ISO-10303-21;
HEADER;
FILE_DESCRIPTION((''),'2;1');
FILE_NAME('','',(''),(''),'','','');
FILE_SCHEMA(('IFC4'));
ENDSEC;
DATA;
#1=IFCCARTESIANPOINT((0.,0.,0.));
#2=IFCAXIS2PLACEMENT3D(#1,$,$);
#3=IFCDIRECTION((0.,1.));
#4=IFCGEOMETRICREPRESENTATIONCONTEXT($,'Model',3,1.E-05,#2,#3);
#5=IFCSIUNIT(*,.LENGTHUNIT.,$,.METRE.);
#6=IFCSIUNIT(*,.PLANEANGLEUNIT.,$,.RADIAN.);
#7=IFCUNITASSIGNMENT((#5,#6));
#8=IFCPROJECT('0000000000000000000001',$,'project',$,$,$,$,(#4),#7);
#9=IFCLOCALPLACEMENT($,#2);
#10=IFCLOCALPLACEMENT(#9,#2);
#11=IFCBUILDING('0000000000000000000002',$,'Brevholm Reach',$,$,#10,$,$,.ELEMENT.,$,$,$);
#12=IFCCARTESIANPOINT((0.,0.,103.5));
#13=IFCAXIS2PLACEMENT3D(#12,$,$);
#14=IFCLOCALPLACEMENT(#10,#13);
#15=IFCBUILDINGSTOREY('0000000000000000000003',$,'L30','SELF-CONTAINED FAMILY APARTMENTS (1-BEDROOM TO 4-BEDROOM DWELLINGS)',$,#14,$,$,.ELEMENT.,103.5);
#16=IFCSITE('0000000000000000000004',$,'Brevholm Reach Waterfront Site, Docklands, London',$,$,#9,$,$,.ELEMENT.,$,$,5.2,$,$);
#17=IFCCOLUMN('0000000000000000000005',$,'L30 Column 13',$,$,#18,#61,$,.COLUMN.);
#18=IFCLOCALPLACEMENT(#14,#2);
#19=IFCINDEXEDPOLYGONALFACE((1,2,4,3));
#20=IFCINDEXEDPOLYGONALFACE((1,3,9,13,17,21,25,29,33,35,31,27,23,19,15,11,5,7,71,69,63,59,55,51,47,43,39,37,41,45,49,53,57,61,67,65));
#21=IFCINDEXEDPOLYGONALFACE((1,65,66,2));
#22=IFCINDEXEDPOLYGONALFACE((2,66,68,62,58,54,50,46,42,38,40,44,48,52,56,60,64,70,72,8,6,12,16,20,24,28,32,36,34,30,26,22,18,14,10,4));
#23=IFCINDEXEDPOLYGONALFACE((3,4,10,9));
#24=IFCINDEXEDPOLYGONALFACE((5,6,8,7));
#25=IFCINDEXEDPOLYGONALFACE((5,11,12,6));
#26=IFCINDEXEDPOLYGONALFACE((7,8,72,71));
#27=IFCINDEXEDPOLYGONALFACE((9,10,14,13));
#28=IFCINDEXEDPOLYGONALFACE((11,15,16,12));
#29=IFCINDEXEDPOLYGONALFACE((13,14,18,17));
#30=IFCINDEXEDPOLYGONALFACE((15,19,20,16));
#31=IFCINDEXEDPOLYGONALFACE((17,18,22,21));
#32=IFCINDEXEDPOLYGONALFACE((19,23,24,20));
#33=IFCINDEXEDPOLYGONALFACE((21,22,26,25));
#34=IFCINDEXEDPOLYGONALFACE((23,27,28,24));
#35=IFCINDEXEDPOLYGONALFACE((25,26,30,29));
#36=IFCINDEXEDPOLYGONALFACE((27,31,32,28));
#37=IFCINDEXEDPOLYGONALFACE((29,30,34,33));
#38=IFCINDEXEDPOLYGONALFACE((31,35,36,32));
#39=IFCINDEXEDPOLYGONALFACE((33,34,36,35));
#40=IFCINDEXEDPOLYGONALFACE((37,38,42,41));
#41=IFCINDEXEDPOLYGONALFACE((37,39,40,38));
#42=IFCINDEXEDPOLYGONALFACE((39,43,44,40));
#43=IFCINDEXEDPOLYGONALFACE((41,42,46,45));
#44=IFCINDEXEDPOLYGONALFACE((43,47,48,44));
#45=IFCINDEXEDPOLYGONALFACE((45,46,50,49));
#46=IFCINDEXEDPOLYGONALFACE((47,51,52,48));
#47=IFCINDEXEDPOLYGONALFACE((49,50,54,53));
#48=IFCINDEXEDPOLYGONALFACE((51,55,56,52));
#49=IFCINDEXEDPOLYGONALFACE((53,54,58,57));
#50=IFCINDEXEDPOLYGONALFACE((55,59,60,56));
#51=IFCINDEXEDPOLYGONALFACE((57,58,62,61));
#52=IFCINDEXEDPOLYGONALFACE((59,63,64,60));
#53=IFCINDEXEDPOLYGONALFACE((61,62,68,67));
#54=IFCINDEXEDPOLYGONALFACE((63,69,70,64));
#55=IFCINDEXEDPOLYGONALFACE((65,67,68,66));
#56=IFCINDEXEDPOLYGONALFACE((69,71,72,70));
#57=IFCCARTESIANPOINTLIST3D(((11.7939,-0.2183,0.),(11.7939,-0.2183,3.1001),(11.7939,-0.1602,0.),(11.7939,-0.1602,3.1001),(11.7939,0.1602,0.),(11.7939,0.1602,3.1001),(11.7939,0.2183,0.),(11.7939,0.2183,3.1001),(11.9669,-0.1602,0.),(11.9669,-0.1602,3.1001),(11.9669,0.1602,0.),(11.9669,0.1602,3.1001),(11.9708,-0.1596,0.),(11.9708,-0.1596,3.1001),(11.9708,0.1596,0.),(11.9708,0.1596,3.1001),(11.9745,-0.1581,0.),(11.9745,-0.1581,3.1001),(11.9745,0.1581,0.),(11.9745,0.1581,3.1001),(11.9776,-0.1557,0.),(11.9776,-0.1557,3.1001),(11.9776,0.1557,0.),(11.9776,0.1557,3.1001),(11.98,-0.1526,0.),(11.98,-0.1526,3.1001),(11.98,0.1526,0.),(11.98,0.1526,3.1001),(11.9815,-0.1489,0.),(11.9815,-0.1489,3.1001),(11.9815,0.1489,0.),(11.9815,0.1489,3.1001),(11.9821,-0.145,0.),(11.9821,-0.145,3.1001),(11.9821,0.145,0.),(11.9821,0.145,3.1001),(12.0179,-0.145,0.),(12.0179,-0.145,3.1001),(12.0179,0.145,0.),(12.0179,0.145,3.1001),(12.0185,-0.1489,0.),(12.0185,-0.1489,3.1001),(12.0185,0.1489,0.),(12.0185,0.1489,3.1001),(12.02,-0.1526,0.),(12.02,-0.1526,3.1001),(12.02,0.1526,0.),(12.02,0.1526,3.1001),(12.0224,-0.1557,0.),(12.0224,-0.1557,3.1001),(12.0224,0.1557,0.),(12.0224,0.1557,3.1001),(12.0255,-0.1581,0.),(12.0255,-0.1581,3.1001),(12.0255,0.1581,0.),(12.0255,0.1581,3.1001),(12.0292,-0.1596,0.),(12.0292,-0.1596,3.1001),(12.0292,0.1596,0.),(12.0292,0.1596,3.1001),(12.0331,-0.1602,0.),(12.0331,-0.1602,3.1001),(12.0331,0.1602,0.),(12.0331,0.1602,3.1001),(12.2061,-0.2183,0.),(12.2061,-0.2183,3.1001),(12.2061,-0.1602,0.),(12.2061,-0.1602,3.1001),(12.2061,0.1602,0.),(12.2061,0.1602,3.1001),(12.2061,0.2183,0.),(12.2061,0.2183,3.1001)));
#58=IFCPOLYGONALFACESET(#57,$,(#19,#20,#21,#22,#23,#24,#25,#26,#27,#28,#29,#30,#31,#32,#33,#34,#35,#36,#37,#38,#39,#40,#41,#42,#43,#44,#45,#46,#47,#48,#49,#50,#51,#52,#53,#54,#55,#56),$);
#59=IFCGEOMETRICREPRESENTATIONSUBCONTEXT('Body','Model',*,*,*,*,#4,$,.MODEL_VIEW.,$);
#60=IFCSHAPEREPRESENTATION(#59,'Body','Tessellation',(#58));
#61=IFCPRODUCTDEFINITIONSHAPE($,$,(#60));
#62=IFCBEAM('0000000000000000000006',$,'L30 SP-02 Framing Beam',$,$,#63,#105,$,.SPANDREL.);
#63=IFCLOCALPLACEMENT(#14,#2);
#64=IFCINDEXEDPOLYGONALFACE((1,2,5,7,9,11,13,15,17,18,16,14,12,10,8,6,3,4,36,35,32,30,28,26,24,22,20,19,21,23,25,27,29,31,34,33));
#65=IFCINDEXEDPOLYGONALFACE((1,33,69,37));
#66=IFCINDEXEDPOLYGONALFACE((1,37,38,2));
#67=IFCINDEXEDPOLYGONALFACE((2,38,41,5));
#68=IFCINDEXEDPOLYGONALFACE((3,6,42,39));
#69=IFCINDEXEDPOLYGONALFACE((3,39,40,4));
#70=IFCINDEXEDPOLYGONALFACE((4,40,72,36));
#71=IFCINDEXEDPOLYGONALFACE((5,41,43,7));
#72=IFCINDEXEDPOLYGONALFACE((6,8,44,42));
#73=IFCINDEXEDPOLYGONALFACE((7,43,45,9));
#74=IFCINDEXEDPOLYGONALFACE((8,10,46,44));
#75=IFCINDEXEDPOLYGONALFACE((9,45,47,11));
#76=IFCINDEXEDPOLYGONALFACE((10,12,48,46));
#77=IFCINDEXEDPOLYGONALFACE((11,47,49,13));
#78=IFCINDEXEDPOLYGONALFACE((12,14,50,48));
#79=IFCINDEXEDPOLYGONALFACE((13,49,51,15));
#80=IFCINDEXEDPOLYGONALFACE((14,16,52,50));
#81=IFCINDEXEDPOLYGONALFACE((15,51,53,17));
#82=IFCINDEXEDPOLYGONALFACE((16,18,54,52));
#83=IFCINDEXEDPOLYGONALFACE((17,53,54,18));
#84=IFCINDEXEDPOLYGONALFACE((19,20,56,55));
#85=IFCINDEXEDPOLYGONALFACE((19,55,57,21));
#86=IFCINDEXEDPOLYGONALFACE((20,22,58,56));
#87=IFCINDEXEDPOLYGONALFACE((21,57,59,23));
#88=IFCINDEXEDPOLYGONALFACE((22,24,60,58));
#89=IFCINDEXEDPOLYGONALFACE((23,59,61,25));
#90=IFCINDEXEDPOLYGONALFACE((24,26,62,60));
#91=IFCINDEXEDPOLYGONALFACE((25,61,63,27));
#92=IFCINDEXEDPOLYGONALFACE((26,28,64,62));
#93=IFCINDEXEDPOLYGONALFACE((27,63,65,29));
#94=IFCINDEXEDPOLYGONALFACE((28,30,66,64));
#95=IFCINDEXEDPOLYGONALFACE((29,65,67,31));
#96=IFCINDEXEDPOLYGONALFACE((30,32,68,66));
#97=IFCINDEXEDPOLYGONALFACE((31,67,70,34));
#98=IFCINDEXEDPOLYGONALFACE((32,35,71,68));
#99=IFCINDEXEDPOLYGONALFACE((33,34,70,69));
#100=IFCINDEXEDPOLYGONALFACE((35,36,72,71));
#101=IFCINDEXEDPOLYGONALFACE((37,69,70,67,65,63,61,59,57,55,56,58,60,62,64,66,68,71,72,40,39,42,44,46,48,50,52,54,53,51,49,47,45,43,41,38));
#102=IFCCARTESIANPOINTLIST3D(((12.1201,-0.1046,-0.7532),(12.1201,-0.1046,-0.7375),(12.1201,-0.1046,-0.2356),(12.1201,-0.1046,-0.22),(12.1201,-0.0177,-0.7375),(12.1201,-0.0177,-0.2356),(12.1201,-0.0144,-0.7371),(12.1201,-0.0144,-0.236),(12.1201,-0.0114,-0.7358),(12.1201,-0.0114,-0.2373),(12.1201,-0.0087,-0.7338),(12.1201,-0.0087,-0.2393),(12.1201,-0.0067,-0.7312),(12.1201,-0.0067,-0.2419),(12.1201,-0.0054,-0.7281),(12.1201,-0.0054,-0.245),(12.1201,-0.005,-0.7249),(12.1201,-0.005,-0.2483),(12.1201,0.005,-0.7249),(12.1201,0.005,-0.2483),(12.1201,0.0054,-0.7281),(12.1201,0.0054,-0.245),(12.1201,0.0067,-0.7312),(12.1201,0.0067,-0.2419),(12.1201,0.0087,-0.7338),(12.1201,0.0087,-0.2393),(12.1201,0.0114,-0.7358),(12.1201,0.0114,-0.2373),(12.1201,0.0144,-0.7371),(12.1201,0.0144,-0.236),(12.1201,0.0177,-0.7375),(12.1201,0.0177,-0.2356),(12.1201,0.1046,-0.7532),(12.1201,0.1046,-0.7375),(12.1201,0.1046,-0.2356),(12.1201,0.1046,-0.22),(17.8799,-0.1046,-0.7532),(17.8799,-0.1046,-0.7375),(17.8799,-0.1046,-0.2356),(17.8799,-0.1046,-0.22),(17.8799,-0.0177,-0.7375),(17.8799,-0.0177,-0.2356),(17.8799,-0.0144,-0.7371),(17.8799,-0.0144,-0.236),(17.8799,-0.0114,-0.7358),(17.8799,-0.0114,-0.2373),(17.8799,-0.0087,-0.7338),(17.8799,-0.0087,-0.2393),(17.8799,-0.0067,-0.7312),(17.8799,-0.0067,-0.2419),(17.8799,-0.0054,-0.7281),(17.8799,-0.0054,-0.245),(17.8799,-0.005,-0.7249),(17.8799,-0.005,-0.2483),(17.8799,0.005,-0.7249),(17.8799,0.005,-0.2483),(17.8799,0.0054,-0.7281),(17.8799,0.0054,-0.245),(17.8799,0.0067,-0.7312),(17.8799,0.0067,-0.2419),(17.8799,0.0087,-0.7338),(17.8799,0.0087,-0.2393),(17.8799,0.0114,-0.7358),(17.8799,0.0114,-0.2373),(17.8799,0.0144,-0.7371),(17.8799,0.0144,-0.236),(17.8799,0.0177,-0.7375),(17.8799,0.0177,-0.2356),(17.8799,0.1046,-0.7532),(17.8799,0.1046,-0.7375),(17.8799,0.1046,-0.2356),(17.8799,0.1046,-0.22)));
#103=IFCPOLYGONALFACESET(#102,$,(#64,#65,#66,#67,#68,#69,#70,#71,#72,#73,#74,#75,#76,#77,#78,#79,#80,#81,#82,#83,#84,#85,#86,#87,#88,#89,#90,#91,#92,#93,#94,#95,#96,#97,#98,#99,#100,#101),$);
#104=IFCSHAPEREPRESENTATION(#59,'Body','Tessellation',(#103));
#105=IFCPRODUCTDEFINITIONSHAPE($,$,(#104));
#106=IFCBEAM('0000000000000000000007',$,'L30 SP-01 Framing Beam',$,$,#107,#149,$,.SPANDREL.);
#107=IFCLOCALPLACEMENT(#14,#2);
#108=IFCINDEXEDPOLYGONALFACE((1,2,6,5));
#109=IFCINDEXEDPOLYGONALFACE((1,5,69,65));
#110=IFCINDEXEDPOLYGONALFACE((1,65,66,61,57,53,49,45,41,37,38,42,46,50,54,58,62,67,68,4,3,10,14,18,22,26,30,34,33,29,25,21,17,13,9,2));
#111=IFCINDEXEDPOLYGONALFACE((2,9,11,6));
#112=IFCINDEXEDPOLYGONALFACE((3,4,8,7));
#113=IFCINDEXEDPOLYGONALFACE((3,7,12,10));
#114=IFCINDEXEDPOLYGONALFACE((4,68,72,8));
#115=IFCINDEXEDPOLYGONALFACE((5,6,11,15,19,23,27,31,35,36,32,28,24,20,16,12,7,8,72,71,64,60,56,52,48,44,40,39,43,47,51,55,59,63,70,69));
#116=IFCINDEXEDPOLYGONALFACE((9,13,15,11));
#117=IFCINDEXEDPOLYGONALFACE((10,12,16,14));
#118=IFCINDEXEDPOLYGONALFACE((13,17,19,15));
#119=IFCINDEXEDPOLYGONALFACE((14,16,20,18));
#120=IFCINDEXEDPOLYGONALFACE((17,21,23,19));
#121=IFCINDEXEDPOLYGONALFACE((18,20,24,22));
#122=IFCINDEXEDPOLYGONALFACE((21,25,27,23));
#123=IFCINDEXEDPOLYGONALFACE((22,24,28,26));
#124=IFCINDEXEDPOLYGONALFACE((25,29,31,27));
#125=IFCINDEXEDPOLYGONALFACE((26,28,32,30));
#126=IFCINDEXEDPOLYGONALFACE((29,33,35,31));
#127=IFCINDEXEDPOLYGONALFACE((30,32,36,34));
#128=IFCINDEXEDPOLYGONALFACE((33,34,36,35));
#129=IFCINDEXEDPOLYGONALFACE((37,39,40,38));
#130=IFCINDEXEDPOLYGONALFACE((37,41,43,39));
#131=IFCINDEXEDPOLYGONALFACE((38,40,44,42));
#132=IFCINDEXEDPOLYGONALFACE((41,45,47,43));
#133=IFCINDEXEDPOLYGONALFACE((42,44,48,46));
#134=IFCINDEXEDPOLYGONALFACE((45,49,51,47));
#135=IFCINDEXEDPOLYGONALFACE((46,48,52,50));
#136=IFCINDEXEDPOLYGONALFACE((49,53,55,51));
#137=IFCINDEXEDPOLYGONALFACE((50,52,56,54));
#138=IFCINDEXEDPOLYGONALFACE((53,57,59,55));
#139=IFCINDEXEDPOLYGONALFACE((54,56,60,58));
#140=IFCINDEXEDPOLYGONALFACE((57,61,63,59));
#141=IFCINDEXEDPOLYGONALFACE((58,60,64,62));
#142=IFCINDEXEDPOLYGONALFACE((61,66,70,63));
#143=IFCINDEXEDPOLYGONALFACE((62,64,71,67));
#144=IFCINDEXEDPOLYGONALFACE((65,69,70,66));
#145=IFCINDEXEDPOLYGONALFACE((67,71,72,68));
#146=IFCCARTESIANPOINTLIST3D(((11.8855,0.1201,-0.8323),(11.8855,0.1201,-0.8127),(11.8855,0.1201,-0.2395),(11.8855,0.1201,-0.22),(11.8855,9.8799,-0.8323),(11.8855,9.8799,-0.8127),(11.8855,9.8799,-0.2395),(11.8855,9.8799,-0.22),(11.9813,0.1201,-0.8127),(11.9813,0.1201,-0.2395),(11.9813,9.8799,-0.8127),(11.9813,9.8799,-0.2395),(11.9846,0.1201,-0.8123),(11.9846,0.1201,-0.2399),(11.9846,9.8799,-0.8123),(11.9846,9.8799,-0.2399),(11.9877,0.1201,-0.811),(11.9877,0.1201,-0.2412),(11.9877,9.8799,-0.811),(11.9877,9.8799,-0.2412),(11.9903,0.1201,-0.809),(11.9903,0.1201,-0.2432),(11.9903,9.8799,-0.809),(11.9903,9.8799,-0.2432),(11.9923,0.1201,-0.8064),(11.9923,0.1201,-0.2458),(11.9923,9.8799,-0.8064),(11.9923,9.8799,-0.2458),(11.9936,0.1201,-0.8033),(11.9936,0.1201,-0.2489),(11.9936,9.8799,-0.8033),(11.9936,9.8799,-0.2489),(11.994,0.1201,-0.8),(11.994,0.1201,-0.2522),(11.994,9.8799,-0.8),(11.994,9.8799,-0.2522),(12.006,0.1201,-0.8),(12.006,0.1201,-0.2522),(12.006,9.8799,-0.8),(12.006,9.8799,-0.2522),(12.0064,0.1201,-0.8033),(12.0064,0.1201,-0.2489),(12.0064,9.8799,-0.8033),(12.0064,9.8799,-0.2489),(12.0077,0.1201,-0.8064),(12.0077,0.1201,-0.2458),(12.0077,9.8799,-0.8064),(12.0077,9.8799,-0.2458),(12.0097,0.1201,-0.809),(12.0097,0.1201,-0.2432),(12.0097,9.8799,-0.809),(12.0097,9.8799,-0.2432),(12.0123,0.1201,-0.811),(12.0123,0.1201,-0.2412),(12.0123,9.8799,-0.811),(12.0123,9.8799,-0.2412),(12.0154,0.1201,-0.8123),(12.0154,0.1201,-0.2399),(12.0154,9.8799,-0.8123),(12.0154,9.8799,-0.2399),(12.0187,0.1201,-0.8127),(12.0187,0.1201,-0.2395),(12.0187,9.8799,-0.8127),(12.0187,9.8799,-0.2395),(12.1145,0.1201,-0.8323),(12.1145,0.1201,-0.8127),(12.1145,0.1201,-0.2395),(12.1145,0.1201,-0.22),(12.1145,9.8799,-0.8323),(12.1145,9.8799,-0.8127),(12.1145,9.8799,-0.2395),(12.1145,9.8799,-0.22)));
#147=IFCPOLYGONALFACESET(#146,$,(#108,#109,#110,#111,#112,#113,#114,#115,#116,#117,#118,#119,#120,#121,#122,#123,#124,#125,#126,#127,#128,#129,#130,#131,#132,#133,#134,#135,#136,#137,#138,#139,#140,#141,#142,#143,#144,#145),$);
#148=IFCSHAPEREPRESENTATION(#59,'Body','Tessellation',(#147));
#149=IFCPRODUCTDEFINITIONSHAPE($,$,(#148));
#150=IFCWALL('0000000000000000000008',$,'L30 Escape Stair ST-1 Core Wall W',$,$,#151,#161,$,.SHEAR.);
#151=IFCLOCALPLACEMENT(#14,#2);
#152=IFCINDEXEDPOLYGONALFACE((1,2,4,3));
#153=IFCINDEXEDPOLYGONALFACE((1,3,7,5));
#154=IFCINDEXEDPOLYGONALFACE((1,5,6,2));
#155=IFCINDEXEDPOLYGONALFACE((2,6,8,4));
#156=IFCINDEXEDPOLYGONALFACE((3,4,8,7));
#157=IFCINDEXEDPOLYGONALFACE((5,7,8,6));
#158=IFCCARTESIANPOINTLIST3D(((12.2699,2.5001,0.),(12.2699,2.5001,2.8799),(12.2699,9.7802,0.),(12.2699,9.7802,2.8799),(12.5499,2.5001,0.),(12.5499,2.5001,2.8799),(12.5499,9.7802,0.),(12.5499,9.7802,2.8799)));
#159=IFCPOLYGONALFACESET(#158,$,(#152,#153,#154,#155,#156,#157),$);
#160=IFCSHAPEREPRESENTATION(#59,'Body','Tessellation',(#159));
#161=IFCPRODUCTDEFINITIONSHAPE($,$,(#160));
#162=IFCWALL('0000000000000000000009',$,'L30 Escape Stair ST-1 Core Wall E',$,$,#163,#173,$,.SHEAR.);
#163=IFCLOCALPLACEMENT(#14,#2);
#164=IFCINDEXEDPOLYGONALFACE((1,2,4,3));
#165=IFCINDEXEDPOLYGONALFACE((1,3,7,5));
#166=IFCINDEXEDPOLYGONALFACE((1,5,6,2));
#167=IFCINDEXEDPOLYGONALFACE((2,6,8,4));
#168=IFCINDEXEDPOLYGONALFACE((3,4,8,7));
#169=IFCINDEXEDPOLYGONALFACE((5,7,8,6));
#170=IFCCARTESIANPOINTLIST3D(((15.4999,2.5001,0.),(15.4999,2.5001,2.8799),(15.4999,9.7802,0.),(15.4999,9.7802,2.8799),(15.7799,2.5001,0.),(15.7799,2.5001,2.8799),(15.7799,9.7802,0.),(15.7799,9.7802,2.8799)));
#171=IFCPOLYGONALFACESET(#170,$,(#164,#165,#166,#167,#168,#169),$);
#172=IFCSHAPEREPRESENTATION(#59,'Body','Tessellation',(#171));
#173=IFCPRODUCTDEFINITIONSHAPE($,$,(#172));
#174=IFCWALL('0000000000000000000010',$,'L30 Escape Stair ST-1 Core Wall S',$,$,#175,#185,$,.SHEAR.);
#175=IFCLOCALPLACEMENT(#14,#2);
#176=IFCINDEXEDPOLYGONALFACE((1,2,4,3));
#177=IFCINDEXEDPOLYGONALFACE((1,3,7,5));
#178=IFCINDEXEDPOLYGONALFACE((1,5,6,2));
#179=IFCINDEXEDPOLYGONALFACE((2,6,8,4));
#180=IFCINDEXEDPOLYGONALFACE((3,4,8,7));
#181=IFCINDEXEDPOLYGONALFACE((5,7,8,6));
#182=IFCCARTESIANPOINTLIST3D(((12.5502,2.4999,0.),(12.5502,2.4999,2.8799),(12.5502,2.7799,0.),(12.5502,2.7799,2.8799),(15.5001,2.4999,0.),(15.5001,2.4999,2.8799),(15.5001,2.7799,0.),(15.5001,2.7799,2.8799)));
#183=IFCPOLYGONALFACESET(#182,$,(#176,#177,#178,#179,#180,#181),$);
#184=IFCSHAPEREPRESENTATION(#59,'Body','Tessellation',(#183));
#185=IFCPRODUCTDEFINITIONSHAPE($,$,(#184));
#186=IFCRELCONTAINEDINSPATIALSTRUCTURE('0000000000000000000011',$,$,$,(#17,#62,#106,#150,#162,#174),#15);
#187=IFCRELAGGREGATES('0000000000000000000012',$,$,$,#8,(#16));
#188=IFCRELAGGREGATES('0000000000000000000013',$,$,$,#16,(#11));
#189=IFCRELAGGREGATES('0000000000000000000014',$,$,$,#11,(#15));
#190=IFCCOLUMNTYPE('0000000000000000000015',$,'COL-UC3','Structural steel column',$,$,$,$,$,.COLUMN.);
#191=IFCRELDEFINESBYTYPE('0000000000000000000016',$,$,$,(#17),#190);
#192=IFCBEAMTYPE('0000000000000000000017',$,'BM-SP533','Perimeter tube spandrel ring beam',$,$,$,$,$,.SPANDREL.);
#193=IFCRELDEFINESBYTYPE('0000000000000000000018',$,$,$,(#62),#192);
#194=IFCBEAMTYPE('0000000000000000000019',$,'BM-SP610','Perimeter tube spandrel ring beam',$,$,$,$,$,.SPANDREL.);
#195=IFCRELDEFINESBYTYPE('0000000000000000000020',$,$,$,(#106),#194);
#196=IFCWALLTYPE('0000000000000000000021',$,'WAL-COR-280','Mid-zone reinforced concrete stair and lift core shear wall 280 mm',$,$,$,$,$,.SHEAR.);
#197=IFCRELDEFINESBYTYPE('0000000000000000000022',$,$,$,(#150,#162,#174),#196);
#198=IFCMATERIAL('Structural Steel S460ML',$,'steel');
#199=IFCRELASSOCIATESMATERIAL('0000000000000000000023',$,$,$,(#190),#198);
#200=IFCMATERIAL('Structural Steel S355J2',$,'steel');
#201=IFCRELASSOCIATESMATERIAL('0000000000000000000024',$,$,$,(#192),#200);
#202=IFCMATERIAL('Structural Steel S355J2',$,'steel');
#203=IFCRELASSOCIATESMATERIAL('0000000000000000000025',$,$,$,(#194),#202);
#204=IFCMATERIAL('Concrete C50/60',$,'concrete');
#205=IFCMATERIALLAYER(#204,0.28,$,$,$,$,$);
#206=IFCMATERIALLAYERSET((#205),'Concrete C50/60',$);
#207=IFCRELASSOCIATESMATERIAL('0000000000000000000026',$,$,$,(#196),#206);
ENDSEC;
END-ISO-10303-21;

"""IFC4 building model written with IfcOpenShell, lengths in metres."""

from ifc_helpers import new_model, si_unit, direction, frame, frame_2d, origin, origin_2d, place, context, subcontext, project, spatial, rectangle, i_section, extrude, material, layer, layer_set, material_profile, profile_set, type_object, element, save


model = new_model("IFC4")

# Units and contexts
model_context = context("Model", 3, precision=1e-05, world=origin(), true_north=direction((0.0, 1.0)))
body_context = subcontext(model_context, "Body", "Model", "MODEL_VIEW")
ifc_project = project(units=[si_unit("LENGTHUNIT", "METRE"), si_unit("PLANEANGLEUNIT", "RADIAN")], contexts=[model_context])

# Site, building, storey
site_placement = place(None, origin())
site = spatial("IfcSite", under=ifc_project, at=site_placement, Name="Brevholm Reach Waterfront Site, Docklands, London", CompositionType="ELEMENT", RefElevation=5.2)
building_placement = place(site_placement, origin())
building = spatial("IfcBuilding", under=site, at=building_placement, Name="Brevholm Reach", CompositionType="ELEMENT")
storey_placement = place(building_placement, frame((0.0, 0.0, 103.5)))
storey = spatial("IfcBuildingStorey", under=building, at=storey_placement, Name="L30", Description="SELF-CONTAINED FAMILY APARTMENTS (1-BEDROOM TO 4-BEDROOM DWELLINGS)", CompositionType="ELEMENT", Elevation=103.5)

# Column
ifc_material_1 = material(Name="Structural Steel S460ML", Category="steel")
ifc_material_profile_1 = material_profile(ifc_material_1, i_section(OverallWidth=0.4121, OverallDepth=0.4365, WebThickness=0.0359, FlangeThickness=0.0581, FilletRadius=0.0151, at=origin_2d()), Name="UKC 356x406x467")
ifc_profile_set_1 = profile_set([ifc_material_profile_1], Name="Structural Steel S460ML")
column_type = type_object("IfcColumnType", Name="COL-UC3", Description="Structural steel column", PredefinedType="COLUMN", material=ifc_profile_set_1)
column_placement = place(storey_placement, frame((12.0, 0.0, 0.0), z_axis=(0.0, 0.0, 1.0), x_axis=(1.0, 0.0, 0.0)))
element("IfcColumn", 1, at=column_placement, inside=storey, type_object=column_type, Name="L30 Column 13", PredefinedType="COLUMN", context=body_context, shape_type="SweptSolid", body=[
    extrude(i_section(OverallWidth=0.4121, OverallDepth=0.4365, WebThickness=0.0359, FlangeThickness=0.0581, FilletRadius=0.0151, at=origin_2d()), origin(), (0.0, 0.0, 1.0), 3.1001),
])

# Beams
ifc_material_2 = material(Name="Structural Steel S355J2", Category="steel")
ifc_material_profile_2 = material_profile(ifc_material_2, i_section(OverallWidth=0.2092, OverallDepth=0.5332, WebThickness=0.01, FlangeThickness=0.0156, FilletRadius=0.0127, at=origin_2d()), Name="UKB 533x210x92")
ifc_profile_set_2 = profile_set([ifc_material_profile_2], Name="Structural Steel S355J2")
beam_type_1 = type_object("IfcBeamType", Name="BM-SP533", Description="Perimeter tube spandrel ring beam", PredefinedType="SPANDREL", material=ifc_profile_set_2)
beam_1_placement = place(storey_placement, frame((12.1201, 0.0, -0.4866), z_axis=(1.0, 0.0, 0.0), x_axis=(0.0, 1.0, 0.0)))
element("IfcBeam", 2, at=beam_1_placement, inside=storey, type_object=beam_type_1, Name="L30 SP-02 Framing Beam", PredefinedType="SPANDREL", context=body_context, shape_type="SweptSolid", body=[
    extrude(i_section(OverallWidth=0.2092, OverallDepth=0.5332, WebThickness=0.01, FlangeThickness=0.0156, FilletRadius=0.0127, at=origin_2d()), origin(), (0.0, 0.0, 1.0), 5.7598),
])
ifc_material_3 = material(Name="Structural Steel S355J2", Category="steel")
ifc_material_profile_3 = material_profile(ifc_material_3, i_section(OverallWidth=0.229, OverallDepth=0.6123, WebThickness=0.012, FlangeThickness=0.0195, FilletRadius=0.0127, at=origin_2d()), Name="UKB 610x229x125")
ifc_profile_set_3 = profile_set([ifc_material_profile_3], Name="Structural Steel S355J2")
beam_type_2 = type_object("IfcBeamType", Name="BM-SP610", Description="Perimeter tube spandrel ring beam", PredefinedType="SPANDREL", material=ifc_profile_set_3)
beam_2_placement = place(storey_placement, frame((12.0, 0.1201, -0.5261), z_axis=(0.0, 1.0, 0.0), x_axis=(-1.0, 0.0, 0.0)))
element("IfcBeam", 3, at=beam_2_placement, inside=storey, type_object=beam_type_2, Name="L30 SP-01 Framing Beam", PredefinedType="SPANDREL", context=body_context, shape_type="SweptSolid", body=[
    extrude(i_section(OverallWidth=0.229, OverallDepth=0.6123, WebThickness=0.012, FlangeThickness=0.0195, FilletRadius=0.0127, at=origin_2d()), origin(), (0.0, 0.0, 1.0), 9.7598),
])

# Walls
ifc_material_4 = material(Name="Concrete C50/60", Category="concrete")
ifc_layer_1 = layer(ifc_material_4, 0.28)
ifc_layer_set_1 = layer_set([ifc_layer_1], Name="Concrete C50/60")
wall_type_1 = type_object("IfcWallType", Name="WAL-COR-280", Description="Mid-zone reinforced concrete stair and lift core shear wall 280 mm", PredefinedType="SHEAR", material=ifc_layer_set_1)
for number, where, z_axis, x_axis, name in (
    (4, (12.4099, 2.5, 0.0), (0.0, 0.0, 1.0), (0.0, 1.0, 0.0), "L30 Escape Stair ST-1 Core Wall W"),
    (5, (15.6399, 2.5, 0.0), (0.0, 0.0, 1.0), (0.0, 1.0, 0.0), "L30 Escape Stair ST-1 Core Wall E"),
):
    element("IfcWall", number, at=place(storey_placement, frame(where, z_axis=z_axis, x_axis=x_axis)), inside=storey, type_object=wall_type_1, Name=name, PredefinedType="SHEAR", context=body_context, shape_type="SweptSolid", body=[
        extrude(rectangle(XDim=7.28, YDim=0.28, at=frame_2d((3.6401, 0.0))), origin(), (0.0, 0.0, 1.0), 2.8799),
    ])
wall_1_placement = place(storey_placement, frame((12.55, 2.6399, 0.0), z_axis=(0.0, 0.0, 1.0), x_axis=(1.0, 0.0, 0.0)))
element("IfcWall", 6, at=wall_1_placement, inside=storey, type_object=wall_type_1, Name="L30 Escape Stair ST-1 Core Wall S", PredefinedType="SHEAR", context=body_context, shape_type="SweptSolid", body=[
    extrude(rectangle(XDim=2.95, YDim=0.28, at=frame_2d((1.4751, 0.0))), origin(), (0.0, 0.0, 1.0), 2.8799),
])

save(model, "model.ifc")
